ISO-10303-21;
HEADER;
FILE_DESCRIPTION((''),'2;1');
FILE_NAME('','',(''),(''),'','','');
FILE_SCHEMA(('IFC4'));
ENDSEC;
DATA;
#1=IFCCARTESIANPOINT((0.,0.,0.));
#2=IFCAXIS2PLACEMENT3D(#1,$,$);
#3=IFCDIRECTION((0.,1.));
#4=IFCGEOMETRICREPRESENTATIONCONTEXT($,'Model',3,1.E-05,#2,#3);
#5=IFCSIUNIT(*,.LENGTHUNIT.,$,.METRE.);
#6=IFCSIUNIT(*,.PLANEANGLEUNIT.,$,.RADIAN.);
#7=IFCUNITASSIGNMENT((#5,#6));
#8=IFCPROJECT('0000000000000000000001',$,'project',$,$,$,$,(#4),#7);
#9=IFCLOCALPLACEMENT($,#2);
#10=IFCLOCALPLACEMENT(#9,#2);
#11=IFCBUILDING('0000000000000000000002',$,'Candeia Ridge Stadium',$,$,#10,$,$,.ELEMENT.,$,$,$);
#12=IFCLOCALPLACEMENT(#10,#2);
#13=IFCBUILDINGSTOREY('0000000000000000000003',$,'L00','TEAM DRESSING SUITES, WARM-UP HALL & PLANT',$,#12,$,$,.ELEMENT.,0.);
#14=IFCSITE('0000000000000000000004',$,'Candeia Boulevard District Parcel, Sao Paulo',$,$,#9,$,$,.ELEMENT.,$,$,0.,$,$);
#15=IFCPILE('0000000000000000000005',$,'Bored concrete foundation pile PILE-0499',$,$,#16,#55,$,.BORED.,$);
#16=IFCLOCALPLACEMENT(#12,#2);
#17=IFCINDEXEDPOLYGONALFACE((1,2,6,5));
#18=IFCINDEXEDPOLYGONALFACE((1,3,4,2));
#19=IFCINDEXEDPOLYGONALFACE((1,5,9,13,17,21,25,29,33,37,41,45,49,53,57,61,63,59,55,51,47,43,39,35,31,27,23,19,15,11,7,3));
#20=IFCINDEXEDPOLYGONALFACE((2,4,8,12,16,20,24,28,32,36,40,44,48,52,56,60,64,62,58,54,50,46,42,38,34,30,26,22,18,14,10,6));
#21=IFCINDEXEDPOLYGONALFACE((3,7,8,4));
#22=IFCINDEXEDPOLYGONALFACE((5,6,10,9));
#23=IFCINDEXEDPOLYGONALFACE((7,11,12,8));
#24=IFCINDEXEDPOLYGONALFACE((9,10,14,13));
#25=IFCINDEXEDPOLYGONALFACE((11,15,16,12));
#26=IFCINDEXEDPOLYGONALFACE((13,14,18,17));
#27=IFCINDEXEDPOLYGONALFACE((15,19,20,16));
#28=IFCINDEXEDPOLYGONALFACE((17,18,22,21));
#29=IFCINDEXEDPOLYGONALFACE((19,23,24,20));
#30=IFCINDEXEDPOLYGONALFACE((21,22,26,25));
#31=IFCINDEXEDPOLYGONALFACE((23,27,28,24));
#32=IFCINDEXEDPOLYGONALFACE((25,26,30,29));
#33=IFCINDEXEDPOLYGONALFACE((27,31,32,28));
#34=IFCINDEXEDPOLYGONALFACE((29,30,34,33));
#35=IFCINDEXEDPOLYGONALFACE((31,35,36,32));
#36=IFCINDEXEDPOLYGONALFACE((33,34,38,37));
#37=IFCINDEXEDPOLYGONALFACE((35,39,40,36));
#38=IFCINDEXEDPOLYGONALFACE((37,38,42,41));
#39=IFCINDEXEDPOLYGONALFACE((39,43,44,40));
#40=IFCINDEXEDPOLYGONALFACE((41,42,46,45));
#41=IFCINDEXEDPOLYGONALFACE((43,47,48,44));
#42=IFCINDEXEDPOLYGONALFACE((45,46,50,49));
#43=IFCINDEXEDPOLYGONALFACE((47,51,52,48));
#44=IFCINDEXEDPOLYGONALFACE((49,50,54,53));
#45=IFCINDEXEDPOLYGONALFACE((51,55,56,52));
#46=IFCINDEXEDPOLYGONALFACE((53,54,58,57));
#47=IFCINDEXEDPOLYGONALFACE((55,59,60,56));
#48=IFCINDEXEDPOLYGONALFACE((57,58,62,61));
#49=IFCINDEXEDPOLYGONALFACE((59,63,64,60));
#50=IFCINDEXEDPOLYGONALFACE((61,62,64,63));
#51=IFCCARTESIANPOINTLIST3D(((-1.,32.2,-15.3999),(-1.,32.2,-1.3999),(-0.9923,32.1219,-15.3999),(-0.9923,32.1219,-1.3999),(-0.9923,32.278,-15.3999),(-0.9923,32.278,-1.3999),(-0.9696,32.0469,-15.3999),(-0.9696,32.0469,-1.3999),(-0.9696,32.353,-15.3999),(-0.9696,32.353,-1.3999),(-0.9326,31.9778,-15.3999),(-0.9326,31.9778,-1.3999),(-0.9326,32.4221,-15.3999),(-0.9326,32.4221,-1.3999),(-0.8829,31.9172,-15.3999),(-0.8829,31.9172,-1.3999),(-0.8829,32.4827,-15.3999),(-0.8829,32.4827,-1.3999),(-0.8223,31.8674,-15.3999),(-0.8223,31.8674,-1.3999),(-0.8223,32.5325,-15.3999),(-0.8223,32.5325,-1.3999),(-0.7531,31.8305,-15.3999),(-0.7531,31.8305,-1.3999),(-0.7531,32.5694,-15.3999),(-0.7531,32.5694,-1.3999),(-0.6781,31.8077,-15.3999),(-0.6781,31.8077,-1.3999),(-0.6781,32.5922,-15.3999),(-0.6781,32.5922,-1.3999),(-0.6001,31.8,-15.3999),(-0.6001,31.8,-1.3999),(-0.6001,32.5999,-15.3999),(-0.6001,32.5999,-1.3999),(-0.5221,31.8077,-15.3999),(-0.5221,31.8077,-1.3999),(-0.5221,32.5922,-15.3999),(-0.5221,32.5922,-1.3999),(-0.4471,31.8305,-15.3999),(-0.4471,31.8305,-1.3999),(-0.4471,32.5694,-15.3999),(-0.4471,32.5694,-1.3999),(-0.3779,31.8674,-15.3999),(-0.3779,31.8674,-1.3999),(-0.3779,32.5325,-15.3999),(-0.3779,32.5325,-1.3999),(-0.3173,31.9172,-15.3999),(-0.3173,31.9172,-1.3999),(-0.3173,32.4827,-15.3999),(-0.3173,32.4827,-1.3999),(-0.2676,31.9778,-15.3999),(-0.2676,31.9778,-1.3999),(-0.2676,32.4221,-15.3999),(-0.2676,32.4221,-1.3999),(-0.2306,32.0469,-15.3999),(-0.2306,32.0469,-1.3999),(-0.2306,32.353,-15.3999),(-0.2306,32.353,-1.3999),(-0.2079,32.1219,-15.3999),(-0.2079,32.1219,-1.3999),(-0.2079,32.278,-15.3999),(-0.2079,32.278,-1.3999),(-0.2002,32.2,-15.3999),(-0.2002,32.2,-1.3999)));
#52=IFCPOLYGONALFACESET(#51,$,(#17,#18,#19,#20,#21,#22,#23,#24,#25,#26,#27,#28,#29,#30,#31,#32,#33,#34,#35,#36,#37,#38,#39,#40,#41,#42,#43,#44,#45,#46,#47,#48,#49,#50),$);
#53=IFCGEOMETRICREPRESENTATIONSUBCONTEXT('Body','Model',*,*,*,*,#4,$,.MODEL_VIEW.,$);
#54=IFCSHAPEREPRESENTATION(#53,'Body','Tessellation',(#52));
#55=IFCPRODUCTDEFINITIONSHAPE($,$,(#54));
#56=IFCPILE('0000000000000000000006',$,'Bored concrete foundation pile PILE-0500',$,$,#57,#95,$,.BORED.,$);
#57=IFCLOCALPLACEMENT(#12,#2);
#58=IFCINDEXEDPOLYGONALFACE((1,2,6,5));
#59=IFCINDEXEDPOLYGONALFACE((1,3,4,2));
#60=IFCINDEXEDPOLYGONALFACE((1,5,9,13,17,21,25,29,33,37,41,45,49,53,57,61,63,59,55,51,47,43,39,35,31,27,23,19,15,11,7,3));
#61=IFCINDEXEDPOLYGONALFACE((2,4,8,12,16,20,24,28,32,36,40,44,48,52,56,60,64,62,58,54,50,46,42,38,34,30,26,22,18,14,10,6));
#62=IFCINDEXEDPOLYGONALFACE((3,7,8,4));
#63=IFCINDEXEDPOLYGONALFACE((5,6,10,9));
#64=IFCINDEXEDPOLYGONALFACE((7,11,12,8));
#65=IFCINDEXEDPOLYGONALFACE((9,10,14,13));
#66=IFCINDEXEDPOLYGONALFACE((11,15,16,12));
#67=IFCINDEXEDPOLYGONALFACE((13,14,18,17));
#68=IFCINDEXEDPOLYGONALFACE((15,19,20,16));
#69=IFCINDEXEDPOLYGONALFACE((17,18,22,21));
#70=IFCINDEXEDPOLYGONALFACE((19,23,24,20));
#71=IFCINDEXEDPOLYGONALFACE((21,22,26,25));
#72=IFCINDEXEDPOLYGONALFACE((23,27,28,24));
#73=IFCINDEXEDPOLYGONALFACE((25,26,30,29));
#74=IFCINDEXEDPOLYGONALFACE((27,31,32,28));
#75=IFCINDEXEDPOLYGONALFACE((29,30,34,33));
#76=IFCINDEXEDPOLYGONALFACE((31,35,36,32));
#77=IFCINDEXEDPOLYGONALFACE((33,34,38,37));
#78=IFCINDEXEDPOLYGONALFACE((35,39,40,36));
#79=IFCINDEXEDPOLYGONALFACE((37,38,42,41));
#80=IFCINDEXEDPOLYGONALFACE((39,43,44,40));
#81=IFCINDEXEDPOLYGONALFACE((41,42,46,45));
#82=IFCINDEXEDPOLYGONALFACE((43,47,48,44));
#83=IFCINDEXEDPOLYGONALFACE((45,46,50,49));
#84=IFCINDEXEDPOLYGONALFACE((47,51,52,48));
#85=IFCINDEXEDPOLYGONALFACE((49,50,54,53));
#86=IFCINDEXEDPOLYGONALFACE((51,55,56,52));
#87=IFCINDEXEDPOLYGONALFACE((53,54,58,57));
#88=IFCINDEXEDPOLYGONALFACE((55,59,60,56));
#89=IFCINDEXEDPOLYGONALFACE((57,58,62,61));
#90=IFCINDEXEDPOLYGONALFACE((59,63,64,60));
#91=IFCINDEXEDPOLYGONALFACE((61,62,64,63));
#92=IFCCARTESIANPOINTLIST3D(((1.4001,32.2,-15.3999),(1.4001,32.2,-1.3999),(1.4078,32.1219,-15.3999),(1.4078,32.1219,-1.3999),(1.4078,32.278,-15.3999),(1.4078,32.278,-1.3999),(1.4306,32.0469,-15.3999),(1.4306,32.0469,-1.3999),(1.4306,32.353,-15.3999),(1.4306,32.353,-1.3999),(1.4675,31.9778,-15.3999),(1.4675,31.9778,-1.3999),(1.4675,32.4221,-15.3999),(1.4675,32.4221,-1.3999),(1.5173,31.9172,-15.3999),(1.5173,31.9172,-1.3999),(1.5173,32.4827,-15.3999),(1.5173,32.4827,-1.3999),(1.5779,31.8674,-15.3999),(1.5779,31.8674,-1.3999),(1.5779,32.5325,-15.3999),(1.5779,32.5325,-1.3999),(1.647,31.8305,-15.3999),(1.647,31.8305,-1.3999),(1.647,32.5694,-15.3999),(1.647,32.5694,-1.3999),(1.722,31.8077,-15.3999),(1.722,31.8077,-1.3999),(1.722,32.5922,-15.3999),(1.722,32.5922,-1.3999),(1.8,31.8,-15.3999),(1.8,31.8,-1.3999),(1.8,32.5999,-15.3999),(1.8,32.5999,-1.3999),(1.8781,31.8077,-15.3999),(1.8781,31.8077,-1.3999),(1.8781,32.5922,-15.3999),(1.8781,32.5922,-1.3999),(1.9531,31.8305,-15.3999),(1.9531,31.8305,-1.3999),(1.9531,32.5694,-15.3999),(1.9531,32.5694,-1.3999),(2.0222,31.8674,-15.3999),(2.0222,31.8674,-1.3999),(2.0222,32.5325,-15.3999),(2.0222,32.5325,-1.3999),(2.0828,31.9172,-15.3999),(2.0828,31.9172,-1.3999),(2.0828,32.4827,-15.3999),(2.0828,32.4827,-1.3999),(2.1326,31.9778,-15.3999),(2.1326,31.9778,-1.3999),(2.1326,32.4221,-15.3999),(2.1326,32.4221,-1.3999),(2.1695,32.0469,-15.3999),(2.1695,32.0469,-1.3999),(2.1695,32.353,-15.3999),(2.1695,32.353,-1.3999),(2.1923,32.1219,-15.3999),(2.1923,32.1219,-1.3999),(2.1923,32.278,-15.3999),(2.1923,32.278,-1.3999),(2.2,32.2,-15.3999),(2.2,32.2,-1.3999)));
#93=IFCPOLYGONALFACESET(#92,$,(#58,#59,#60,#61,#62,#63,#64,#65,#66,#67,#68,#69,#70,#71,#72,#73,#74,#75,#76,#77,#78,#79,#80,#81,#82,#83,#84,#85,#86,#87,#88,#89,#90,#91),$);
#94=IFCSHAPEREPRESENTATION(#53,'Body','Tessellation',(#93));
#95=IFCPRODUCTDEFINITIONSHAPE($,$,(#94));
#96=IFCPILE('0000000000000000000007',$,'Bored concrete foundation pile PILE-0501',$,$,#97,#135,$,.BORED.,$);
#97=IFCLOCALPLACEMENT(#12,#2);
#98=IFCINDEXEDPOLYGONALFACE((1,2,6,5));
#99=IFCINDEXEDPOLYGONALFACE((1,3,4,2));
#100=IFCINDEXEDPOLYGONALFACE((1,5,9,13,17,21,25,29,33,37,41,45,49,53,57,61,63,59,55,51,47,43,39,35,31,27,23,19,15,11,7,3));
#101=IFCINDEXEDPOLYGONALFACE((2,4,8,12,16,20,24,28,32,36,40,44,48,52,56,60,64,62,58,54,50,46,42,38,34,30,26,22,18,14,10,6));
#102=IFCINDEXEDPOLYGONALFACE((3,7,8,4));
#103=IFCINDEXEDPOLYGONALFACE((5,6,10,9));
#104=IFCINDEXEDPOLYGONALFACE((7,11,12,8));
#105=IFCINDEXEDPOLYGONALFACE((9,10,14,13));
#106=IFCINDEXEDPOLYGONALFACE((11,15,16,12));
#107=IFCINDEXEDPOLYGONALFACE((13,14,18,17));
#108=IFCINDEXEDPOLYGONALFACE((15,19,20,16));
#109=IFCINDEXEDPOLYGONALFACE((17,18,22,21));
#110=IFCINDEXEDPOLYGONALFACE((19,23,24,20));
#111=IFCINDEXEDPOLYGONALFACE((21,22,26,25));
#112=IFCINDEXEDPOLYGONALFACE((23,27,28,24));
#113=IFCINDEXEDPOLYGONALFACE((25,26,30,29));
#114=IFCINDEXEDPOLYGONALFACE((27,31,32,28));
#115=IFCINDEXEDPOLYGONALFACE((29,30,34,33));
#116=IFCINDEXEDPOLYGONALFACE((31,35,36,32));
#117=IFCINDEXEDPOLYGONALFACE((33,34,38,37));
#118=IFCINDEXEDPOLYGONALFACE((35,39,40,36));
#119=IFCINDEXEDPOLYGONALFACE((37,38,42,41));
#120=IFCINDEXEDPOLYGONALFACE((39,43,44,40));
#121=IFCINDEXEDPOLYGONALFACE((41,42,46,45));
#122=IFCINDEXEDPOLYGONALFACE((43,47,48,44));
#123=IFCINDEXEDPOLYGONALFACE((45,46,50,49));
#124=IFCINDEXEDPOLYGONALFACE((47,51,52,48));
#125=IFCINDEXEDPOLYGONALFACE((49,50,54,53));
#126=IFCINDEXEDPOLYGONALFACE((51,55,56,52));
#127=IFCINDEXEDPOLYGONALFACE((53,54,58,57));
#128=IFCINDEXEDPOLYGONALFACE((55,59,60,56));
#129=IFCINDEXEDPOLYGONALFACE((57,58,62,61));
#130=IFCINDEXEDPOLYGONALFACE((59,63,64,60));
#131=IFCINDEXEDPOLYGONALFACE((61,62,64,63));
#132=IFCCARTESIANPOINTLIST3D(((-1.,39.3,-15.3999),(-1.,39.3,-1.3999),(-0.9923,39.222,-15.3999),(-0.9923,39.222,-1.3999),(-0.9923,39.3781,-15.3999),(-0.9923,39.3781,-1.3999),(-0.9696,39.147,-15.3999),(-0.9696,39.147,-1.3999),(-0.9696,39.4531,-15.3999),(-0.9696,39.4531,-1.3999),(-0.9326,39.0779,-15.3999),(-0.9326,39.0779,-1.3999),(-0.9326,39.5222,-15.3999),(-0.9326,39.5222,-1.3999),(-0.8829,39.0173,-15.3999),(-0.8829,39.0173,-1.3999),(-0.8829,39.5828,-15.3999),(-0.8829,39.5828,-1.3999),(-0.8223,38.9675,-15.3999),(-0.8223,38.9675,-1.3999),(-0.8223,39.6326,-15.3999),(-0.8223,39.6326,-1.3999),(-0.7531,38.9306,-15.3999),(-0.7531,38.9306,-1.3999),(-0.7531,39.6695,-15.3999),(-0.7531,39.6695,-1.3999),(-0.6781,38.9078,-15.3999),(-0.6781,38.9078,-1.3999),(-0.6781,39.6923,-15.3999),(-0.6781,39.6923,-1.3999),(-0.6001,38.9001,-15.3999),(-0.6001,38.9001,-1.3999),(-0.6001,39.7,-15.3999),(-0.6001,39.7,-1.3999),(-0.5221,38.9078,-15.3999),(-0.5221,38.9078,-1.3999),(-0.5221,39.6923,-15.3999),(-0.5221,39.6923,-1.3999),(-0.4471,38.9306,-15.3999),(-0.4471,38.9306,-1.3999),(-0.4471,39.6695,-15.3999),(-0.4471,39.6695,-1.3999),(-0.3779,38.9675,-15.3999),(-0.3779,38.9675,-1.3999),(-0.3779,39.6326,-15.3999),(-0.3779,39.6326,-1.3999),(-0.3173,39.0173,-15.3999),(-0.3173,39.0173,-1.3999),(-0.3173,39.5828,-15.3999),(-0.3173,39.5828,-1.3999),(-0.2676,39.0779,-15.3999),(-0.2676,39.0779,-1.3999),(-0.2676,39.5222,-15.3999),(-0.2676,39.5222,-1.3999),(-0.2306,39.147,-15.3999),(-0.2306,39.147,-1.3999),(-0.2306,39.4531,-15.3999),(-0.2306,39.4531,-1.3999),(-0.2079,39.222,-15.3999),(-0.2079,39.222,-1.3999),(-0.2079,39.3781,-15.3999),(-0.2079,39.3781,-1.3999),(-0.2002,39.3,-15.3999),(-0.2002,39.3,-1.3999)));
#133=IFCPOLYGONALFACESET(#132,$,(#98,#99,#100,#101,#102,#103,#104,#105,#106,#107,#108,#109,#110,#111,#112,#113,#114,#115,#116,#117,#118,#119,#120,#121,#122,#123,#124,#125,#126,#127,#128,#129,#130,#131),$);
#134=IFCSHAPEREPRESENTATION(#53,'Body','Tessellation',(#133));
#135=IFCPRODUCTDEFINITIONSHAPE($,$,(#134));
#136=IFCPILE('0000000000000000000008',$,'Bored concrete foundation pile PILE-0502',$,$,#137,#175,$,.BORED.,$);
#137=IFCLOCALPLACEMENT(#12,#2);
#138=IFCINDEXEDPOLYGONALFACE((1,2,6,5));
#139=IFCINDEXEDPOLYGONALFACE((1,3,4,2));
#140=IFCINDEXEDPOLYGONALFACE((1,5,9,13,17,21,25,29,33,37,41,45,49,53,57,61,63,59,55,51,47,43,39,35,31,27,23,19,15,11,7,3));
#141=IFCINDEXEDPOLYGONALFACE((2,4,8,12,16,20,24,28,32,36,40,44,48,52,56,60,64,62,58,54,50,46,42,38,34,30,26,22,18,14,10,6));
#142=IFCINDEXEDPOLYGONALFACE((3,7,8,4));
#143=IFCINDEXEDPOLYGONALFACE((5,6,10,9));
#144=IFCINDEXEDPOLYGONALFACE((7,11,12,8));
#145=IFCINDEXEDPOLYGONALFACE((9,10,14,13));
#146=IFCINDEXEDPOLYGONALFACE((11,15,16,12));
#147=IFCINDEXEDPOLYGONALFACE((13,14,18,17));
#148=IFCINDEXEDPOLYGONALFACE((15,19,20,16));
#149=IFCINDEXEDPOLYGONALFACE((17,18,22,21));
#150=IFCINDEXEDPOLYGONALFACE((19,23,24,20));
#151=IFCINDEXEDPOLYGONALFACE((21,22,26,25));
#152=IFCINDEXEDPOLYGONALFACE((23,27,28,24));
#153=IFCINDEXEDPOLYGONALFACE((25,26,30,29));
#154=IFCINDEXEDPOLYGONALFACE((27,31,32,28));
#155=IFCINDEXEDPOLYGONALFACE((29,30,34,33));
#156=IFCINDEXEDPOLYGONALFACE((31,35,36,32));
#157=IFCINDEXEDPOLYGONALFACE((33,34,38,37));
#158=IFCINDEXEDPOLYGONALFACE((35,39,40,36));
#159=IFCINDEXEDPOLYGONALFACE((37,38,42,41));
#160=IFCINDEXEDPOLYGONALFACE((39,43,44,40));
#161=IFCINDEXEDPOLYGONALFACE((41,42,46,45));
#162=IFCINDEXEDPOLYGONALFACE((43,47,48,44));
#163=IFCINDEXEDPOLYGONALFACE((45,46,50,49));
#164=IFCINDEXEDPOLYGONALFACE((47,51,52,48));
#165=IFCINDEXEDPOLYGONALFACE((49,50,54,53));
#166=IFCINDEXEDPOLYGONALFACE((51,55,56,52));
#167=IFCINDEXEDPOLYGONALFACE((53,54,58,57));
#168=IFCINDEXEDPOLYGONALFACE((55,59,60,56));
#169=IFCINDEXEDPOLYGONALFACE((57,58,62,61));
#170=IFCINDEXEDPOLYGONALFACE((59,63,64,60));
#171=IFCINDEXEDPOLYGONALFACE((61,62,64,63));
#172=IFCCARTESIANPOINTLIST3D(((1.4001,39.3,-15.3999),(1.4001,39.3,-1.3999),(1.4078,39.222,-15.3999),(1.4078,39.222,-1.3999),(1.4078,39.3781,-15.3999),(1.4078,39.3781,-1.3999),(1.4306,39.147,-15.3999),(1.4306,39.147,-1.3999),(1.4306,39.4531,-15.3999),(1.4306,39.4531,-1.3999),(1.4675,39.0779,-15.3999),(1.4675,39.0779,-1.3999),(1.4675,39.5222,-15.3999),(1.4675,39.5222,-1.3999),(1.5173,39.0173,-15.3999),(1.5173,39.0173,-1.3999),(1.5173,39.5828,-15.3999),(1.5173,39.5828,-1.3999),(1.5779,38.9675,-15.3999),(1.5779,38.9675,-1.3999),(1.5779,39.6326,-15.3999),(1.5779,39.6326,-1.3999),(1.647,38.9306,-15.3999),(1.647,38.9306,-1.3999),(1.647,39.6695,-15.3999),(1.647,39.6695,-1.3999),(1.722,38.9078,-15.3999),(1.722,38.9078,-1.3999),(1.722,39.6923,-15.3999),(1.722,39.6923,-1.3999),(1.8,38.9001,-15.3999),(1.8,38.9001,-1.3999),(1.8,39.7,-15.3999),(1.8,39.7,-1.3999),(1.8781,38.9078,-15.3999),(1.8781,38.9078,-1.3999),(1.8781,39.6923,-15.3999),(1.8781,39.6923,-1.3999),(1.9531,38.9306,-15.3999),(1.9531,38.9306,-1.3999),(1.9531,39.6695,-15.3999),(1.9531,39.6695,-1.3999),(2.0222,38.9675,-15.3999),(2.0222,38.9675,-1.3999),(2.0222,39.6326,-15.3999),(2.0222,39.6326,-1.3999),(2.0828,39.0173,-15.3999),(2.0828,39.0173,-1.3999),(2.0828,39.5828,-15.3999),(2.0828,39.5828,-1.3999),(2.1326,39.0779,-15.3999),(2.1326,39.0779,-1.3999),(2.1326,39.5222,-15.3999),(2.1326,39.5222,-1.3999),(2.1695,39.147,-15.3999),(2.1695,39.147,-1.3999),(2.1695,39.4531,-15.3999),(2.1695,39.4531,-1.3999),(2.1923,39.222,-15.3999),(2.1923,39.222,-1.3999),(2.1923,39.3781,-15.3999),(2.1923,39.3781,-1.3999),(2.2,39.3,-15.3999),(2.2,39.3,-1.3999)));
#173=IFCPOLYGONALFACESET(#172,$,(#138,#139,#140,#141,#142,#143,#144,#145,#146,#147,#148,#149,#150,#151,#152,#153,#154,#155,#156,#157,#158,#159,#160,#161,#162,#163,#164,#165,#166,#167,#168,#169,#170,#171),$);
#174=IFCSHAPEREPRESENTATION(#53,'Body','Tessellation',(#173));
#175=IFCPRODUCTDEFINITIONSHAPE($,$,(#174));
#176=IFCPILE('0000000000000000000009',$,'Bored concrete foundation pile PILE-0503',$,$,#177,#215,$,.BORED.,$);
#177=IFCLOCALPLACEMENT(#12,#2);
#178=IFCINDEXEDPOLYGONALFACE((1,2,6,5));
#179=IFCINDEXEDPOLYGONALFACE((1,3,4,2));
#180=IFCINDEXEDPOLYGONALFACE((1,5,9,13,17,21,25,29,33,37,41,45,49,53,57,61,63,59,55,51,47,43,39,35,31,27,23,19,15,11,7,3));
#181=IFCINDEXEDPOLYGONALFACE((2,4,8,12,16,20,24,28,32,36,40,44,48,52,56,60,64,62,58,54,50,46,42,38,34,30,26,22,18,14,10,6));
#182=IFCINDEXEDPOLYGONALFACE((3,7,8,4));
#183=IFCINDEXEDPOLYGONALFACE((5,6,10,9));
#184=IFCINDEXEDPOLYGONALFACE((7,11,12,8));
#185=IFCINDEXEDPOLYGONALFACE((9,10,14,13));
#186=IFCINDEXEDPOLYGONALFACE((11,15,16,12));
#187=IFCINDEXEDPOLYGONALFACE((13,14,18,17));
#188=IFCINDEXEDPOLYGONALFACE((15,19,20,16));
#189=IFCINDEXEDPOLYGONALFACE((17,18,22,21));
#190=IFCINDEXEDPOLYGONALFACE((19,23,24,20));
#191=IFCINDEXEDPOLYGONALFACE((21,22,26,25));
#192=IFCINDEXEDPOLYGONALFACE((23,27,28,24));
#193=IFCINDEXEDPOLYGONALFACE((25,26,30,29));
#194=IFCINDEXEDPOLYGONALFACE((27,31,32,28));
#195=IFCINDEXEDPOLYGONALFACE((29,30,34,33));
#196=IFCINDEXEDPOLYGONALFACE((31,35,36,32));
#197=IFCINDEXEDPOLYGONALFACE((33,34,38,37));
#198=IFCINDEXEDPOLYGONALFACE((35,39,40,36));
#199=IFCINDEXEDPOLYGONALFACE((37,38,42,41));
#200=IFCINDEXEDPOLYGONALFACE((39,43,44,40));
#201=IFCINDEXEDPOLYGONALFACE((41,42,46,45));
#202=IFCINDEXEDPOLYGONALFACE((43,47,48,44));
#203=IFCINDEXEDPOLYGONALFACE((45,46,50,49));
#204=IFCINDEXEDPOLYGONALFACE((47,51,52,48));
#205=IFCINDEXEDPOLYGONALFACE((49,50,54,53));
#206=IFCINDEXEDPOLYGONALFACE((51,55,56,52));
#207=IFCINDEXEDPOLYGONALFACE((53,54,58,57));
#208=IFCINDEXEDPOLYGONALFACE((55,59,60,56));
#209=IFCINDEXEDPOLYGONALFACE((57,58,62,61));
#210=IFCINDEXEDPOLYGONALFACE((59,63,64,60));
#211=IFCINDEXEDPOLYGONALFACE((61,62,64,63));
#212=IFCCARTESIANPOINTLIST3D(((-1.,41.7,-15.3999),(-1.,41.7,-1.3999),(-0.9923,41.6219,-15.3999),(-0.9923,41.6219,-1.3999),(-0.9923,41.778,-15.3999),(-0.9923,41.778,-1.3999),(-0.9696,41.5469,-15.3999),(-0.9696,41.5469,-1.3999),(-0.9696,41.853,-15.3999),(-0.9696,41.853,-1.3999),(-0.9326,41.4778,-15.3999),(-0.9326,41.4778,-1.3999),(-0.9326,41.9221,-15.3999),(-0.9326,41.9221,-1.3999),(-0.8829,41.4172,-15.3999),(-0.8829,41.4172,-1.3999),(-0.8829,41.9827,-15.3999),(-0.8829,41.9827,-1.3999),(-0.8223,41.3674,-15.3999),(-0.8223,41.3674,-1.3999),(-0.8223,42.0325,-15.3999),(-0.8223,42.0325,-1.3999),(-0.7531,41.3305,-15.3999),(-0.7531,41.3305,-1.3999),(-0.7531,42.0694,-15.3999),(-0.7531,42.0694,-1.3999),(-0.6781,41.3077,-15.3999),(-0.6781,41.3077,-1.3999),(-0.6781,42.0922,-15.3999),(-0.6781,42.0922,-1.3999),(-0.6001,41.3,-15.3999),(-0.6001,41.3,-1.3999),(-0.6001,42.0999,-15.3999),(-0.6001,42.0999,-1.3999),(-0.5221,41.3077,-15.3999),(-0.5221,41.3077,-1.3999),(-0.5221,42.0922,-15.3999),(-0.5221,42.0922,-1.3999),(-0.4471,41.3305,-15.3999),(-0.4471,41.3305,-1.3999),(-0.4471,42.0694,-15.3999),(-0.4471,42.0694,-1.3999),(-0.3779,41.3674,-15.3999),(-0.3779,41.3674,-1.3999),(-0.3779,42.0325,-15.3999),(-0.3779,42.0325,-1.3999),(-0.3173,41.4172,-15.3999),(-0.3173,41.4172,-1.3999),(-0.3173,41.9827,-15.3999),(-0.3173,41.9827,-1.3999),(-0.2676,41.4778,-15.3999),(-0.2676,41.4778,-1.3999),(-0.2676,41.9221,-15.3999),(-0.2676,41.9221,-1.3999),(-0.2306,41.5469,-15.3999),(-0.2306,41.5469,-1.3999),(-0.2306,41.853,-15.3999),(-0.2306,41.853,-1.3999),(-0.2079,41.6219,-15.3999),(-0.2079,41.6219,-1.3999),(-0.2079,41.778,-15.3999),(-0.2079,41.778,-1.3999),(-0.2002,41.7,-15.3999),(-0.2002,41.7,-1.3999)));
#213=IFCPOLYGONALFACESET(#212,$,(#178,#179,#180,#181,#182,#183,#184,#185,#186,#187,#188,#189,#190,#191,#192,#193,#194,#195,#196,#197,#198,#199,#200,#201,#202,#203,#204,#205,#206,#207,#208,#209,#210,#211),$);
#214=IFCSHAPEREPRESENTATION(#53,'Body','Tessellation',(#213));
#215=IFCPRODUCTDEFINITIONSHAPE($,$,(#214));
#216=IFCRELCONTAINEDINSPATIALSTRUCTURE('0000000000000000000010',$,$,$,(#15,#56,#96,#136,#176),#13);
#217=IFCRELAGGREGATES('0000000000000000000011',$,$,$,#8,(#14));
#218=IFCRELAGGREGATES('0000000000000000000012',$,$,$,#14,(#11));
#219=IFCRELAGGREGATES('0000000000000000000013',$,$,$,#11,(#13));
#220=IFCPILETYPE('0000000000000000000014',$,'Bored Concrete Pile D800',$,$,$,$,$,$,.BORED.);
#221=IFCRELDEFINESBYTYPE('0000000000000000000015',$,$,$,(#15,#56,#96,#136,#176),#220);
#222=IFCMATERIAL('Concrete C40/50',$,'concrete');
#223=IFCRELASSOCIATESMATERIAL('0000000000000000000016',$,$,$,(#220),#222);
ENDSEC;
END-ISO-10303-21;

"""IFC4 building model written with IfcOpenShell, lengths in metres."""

from ifc_helpers import new_model, si_unit, direction, frame, origin, origin_2d, place, context, subcontext, project, spatial, circle, extrude, material, material_profile, profile_set, type_object, element, save


model = new_model("IFC4")

# Units and contexts
model_context = context("Model", 3, precision=1e-05, world=origin(), true_north=direction((0.0, 1.0)))
body_context = subcontext(model_context, "Body", "Model", "MODEL_VIEW")
ifc_project = project(units=[si_unit("LENGTHUNIT", "METRE"), si_unit("PLANEANGLEUNIT", "RADIAN")], contexts=[model_context])

# Site, building, storey
site_placement = place(None, origin())
site = spatial("IfcSite", under=ifc_project, at=site_placement, Name="Candeia Boulevard District Parcel, Sao Paulo", CompositionType="ELEMENT", RefElevation=0.0)
building_placement = place(site_placement, origin())
building = spatial("IfcBuilding", under=site, at=building_placement, Name="Candeia Ridge Stadium", CompositionType="ELEMENT")
storey_placement = place(building_placement, origin())
storey = spatial("IfcBuildingStorey", under=building, at=storey_placement, Name="L00", Description="TEAM DRESSING SUITES, WARM-UP HALL & PLANT", CompositionType="ELEMENT", Elevation=0.0)

# Piles
ifc_material_1 = material(Name="Concrete C40/50", Category="concrete")
ifc_material_profile_1 = material_profile(ifc_material_1, circle(Radius=0.3999, at=origin_2d()), Name="PILE-D800", Category="concrete")
ifc_profile_set_1 = profile_set([ifc_material_profile_1], Name="Concrete C40/50")
pile_type = type_object("IfcPileType", Name="Bored Concrete Pile D800", PredefinedType="BORED", material=ifc_profile_set_1)
for number, where, z_axis, x_axis, name in (
    (1, (-0.6001, 32.2, -1.3999), (0.0, 0.0, -1.0), (1.0, 0.0, 0.0), "Bored concrete foundation pile PILE-0499"),
    (2, (1.8, 32.2, -1.3999), (0.0, 0.0, -1.0), (1.0, 0.0, 0.0), "Bored concrete foundation pile PILE-0500"),
    (3, (-0.6001, 39.3, -1.3999), (0.0, 0.0, -1.0), (1.0, 0.0, 0.0), "Bored concrete foundation pile PILE-0501"),
    (4, (1.8, 39.3, -1.3999), (0.0, 0.0, -1.0), (1.0, 0.0, 0.0), "Bored concrete foundation pile PILE-0502"),
    (5, (-0.6001, 41.7, -1.3999), (0.0, 0.0, -1.0), (1.0, 0.0, 0.0), "Bored concrete foundation pile PILE-0503"),
):
    element("IfcPile", number, at=place(storey_placement, frame(where, z_axis=z_axis, x_axis=x_axis)), inside=storey, type_object=pile_type, Name=name, PredefinedType="BORED", context=body_context, shape_type="SweptSolid", body=[
        extrude(circle(Radius=0.3999, at=origin_2d()), origin(), (0.0, 0.0, 1.0), 14.0),
    ])

save(model, "model.ifc")
